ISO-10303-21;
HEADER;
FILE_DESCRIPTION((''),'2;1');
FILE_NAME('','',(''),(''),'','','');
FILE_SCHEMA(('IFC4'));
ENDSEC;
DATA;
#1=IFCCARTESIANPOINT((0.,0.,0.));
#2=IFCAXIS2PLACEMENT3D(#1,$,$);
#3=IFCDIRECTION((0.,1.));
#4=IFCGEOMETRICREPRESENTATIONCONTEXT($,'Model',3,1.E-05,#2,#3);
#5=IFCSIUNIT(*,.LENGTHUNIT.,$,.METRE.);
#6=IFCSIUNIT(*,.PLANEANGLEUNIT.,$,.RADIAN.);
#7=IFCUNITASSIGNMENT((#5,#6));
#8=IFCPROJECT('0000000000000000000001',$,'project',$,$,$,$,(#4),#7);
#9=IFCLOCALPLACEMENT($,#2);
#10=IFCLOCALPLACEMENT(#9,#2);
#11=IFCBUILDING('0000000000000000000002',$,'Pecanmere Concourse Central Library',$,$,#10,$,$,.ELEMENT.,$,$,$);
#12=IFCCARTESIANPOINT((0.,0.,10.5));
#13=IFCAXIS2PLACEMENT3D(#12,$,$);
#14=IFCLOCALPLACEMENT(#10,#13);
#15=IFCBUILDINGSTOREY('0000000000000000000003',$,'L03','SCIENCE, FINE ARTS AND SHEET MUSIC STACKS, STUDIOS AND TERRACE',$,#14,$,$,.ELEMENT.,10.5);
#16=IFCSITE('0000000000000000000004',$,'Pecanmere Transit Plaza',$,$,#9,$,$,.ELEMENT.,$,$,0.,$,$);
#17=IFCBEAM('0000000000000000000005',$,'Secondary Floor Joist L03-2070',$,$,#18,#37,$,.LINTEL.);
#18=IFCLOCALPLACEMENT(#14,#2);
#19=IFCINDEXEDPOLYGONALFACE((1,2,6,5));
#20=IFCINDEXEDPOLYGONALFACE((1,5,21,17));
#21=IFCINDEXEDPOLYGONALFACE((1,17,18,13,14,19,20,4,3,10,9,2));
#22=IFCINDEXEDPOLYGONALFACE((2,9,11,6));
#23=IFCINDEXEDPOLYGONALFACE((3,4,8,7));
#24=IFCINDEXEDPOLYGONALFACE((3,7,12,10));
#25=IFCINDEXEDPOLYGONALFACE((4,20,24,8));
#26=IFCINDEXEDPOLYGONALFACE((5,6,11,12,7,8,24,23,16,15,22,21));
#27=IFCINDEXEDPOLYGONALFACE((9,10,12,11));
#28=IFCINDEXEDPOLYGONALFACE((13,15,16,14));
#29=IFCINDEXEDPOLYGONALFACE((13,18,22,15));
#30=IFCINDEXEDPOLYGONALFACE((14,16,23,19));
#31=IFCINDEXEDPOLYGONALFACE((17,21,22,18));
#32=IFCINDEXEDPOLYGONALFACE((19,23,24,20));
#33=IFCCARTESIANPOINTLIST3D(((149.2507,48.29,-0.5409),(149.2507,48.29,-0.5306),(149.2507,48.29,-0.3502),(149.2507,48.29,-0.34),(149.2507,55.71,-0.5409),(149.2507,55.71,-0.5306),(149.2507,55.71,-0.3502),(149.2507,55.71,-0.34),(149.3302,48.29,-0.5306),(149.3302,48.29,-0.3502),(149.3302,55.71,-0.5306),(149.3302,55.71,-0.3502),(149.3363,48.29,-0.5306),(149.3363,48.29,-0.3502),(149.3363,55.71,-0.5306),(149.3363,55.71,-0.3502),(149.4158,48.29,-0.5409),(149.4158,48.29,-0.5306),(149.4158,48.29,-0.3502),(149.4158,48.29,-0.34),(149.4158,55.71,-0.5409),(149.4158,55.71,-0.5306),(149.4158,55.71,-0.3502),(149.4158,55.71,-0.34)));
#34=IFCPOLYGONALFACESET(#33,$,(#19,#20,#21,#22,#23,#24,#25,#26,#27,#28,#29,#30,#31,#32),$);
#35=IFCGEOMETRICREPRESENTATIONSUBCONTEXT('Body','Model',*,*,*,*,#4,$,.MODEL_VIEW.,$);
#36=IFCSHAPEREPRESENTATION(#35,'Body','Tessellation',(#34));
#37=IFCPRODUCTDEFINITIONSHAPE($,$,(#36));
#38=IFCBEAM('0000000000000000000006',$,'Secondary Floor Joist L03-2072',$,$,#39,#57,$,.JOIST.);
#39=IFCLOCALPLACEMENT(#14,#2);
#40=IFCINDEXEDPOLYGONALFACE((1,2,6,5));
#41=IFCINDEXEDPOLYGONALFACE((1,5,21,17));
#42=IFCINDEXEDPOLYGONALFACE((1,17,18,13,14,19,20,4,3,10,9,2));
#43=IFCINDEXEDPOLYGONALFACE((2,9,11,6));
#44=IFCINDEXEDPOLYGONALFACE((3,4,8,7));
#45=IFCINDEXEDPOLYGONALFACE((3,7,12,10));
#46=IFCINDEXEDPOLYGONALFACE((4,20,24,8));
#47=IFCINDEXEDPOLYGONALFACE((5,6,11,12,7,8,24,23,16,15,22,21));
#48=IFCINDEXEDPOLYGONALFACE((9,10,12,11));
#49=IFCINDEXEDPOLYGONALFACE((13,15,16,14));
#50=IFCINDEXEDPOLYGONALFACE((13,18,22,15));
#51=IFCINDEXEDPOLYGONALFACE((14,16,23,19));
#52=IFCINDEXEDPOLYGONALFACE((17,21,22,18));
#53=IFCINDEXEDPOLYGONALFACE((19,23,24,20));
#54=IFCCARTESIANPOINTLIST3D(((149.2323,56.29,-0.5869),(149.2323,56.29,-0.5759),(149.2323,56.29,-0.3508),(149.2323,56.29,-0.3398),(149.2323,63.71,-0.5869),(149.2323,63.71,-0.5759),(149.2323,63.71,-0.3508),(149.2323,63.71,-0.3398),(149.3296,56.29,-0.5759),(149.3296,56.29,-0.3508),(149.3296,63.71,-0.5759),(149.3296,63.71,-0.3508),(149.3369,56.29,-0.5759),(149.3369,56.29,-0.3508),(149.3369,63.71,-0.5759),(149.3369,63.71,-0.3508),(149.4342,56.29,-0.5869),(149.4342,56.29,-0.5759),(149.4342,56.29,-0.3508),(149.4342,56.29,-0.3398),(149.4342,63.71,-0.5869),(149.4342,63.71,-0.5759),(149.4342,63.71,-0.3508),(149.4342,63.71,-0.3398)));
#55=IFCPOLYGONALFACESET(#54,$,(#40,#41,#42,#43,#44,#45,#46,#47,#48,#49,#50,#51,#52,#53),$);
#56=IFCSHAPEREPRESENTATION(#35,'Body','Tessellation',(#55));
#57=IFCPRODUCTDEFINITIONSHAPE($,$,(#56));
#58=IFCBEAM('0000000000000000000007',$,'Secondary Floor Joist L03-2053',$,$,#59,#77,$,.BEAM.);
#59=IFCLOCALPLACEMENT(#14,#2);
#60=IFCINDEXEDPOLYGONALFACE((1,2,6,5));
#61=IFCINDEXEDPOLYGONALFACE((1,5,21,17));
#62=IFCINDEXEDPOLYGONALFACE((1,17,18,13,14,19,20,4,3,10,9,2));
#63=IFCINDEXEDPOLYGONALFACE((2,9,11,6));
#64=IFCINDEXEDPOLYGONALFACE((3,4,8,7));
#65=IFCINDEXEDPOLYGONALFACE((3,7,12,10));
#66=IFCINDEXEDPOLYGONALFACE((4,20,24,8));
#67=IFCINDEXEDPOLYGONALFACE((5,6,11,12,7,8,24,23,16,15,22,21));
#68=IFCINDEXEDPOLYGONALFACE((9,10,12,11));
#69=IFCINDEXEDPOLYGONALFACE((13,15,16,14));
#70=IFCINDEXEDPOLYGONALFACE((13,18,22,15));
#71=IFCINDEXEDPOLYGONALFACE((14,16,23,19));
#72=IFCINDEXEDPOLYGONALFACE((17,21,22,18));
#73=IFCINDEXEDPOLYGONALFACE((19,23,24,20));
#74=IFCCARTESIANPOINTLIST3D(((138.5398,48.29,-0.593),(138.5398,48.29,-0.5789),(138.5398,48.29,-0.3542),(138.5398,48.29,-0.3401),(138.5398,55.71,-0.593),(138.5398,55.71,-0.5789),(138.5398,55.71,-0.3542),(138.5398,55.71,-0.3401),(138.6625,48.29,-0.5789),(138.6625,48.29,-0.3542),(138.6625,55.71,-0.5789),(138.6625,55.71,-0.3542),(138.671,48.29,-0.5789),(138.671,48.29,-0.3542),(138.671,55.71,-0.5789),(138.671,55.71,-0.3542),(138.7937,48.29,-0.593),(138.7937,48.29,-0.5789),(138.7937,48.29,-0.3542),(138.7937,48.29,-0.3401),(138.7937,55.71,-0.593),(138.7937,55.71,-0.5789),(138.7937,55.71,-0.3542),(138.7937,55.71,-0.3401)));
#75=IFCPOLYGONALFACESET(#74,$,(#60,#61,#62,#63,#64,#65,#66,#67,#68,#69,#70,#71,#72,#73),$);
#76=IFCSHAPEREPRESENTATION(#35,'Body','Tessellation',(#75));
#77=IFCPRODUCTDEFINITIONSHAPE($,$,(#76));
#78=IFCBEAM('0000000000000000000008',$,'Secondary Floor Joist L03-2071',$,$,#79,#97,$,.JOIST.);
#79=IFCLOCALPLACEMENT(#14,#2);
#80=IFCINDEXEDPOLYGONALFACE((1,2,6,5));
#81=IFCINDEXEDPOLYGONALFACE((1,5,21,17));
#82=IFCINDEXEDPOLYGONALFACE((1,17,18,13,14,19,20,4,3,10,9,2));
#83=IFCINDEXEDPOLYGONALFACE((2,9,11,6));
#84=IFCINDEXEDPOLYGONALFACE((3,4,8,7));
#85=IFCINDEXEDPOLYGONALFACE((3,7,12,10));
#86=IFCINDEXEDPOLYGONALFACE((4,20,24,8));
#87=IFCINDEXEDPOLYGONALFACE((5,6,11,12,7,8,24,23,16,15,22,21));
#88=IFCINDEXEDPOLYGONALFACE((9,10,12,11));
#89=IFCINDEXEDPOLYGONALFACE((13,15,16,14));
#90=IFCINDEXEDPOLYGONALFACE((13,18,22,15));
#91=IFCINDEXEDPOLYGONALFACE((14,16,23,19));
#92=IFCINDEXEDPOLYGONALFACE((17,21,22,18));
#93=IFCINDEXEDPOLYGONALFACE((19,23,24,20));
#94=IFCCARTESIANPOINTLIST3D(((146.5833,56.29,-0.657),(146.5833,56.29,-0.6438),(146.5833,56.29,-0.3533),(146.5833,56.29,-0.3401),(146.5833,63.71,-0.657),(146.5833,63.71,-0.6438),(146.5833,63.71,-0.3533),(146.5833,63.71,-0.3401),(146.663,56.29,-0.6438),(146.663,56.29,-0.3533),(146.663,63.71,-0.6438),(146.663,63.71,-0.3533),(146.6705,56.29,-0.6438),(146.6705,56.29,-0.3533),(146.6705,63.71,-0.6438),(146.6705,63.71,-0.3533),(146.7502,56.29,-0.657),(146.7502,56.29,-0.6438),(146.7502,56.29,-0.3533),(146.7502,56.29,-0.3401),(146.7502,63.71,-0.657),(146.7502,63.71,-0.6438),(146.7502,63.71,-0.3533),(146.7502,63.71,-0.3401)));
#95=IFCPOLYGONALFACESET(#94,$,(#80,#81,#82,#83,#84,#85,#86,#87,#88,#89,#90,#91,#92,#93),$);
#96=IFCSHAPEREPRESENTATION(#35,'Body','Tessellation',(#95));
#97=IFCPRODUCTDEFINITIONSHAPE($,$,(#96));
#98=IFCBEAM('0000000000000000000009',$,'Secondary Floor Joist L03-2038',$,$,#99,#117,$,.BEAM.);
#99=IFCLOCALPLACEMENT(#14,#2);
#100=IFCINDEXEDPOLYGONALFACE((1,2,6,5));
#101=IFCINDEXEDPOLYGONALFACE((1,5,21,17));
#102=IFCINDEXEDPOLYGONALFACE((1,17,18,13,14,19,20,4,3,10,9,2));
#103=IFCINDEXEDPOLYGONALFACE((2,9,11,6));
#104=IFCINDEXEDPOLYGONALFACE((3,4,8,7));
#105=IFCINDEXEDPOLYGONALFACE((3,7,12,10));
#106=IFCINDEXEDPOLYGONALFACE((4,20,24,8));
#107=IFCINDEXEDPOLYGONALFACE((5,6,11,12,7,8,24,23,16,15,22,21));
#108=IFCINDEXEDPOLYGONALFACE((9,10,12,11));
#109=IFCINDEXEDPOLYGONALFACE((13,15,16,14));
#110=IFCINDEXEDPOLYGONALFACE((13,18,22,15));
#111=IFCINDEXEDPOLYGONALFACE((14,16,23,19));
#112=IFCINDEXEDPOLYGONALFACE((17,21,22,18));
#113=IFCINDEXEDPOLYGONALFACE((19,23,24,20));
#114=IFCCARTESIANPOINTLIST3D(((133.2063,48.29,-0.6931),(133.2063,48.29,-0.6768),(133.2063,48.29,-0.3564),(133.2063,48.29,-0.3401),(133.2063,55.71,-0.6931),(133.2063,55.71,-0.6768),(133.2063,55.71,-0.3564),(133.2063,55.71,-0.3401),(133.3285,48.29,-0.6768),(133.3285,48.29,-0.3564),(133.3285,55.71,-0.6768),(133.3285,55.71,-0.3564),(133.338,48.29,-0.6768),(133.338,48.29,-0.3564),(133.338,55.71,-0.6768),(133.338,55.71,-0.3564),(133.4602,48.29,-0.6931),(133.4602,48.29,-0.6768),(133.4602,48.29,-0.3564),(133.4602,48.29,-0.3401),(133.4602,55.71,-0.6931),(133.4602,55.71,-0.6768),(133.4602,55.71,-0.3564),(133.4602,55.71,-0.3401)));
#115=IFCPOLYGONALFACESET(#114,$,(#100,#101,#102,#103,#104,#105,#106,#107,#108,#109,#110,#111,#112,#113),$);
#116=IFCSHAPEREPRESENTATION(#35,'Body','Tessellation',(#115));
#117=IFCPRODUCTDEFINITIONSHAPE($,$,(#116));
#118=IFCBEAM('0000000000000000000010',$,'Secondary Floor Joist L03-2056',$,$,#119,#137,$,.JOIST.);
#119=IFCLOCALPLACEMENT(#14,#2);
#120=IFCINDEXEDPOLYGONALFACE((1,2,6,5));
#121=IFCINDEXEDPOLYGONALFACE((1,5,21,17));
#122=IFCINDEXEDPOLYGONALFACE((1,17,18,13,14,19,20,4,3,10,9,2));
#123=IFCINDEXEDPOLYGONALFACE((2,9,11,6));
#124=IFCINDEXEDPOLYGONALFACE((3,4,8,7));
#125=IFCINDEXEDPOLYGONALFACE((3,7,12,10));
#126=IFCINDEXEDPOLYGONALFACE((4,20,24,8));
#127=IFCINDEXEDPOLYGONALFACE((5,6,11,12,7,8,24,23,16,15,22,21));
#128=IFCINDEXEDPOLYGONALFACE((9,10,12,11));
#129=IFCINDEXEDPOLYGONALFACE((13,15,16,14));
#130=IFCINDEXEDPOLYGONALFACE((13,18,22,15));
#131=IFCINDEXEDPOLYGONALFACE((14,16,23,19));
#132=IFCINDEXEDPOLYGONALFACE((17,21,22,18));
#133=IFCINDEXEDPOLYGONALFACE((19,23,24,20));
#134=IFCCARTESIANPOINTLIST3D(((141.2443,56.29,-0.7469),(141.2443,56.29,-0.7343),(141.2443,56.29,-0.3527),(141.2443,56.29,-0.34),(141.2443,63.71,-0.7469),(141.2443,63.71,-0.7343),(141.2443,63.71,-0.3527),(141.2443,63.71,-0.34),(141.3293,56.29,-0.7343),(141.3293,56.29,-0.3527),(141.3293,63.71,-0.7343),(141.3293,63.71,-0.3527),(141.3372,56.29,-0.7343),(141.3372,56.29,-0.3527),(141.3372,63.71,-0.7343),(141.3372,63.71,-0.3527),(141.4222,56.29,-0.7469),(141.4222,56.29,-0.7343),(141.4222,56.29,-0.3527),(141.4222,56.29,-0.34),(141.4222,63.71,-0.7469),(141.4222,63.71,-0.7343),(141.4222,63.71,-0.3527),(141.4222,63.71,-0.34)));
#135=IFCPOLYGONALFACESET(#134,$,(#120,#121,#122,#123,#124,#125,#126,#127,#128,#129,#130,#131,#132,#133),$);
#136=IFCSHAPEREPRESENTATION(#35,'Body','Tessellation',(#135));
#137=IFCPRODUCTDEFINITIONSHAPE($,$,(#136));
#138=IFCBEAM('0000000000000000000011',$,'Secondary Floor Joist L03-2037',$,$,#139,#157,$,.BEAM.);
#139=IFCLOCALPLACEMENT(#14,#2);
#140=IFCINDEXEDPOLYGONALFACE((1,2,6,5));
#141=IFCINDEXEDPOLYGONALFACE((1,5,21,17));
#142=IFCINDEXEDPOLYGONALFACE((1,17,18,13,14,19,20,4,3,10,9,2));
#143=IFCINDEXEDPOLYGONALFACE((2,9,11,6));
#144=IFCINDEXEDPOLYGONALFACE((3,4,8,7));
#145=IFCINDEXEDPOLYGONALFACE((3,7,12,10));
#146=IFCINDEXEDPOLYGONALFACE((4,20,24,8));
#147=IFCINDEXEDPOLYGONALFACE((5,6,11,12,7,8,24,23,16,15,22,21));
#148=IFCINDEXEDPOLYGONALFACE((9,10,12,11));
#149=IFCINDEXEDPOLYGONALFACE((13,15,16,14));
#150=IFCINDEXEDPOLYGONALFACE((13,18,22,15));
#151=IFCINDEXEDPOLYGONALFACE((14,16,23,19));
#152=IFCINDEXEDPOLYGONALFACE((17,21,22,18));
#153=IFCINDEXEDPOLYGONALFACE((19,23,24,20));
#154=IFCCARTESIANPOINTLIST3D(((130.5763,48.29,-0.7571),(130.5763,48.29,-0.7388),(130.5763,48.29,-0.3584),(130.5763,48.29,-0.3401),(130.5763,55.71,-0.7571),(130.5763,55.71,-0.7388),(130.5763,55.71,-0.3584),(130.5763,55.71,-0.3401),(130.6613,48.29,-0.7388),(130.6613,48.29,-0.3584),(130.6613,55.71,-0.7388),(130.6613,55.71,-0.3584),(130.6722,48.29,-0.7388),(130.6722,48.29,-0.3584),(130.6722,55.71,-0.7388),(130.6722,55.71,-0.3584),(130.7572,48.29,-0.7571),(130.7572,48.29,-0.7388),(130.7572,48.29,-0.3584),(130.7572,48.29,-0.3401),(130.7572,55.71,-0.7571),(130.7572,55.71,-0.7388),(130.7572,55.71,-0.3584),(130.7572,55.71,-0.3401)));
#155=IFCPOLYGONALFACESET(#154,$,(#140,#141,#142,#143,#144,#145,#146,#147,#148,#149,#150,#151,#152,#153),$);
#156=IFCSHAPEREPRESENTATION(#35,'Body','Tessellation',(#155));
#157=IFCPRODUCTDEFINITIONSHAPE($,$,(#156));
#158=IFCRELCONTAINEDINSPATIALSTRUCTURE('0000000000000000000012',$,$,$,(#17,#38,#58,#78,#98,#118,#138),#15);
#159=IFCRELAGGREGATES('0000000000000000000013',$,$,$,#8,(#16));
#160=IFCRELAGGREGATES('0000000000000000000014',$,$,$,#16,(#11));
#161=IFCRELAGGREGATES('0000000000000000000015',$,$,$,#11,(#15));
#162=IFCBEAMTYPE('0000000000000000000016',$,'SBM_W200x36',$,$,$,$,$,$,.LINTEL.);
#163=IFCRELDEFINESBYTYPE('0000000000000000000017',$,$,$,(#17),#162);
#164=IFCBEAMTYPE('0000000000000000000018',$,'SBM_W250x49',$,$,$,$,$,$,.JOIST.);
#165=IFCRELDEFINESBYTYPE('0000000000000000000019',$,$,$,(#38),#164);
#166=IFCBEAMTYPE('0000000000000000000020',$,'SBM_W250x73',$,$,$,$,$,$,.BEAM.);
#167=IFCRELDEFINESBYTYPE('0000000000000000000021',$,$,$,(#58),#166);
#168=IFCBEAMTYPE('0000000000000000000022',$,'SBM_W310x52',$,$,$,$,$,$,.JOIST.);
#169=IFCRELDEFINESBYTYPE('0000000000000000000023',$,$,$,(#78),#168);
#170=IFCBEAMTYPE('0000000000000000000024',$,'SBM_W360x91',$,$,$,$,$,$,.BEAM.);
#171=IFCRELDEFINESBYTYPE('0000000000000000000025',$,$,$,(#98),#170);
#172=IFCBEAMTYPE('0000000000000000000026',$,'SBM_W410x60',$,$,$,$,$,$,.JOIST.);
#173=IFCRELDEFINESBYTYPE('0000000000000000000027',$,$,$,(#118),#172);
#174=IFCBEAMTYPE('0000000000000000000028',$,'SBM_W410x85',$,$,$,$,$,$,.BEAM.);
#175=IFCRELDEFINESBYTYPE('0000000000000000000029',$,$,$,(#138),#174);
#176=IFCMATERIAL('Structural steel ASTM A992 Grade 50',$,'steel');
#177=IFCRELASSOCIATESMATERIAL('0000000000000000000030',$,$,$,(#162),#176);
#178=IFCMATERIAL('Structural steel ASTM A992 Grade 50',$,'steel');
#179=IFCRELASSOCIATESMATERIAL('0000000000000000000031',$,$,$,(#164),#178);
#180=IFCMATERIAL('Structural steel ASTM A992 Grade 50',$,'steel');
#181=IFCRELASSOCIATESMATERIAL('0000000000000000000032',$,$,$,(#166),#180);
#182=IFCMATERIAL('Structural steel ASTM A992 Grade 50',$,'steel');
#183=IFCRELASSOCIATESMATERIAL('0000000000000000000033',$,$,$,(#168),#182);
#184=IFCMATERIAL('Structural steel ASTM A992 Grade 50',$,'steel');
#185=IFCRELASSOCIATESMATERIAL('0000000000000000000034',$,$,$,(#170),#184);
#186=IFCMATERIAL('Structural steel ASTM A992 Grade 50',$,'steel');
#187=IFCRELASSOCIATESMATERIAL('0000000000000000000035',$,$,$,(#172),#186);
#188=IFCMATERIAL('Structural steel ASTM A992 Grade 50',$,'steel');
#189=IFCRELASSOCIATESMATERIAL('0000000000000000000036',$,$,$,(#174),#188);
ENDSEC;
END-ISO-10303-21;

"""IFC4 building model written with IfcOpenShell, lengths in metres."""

from ifc_helpers import new_model, si_unit, direction, frame, origin, origin_2d, place, context, subcontext, project, spatial, i_section, extrude, material, material_profile, profile_set, type_object, element, save


model = new_model("IFC4")

# Units and contexts
model_context = context("Model", 3, precision=1e-05, world=origin(), true_north=direction((0.0, 1.0)))
body_context = subcontext(model_context, "Body", "Model", "MODEL_VIEW")
ifc_project = project(units=[si_unit("LENGTHUNIT", "METRE"), si_unit("PLANEANGLEUNIT", "RADIAN")], contexts=[model_context])

# Site, building, storey
site_placement = place(None, origin())
site = spatial("IfcSite", under=ifc_project, at=site_placement, Name="Pecanmere Transit Plaza", CompositionType="ELEMENT", RefElevation=0.0)
building_placement = place(site_placement, origin())
building = spatial("IfcBuilding", under=site, at=building_placement, Name="Pecanmere Concourse Central Library", CompositionType="ELEMENT")
storey_placement = place(building_placement, frame((0.0, 0.0, 10.5)))
storey = spatial("IfcBuildingStorey", under=building, at=storey_placement, Name="L03", Description="SCIENCE, FINE ARTS AND SHEET MUSIC STACKS, STUDIOS AND TERRACE", CompositionType="ELEMENT", Elevation=10.5)

# Beams
ifc_material_1 = material(Name="Structural steel ASTM A992 Grade 50", Category="steel")
ifc_material_profile_1 = material_profile(ifc_material_1, i_section(OverallWidth=0.165, OverallDepth=0.2009, WebThickness=0.0061, FlangeThickness=0.0103, at=origin_2d()), Name="W200x35.9")
ifc_profile_set_1 = profile_set([ifc_material_profile_1], Name="Structural steel ASTM A992 Grade 50")
beam_type_1 = type_object("IfcBeamType", Name="SBM_W200x36", PredefinedType="LINTEL", material=ifc_profile_set_1)
beam_1_placement = place(storey_placement, frame((149.3333, 48.29, -0.4404), z_axis=(0.0, 1.0, 0.0), x_axis=(-1.0, 0.0, 0.0)))
element("IfcBeam", 1, at=beam_1_placement, inside=storey, type_object=beam_type_1, Name="Secondary Floor Joist L03-2070", PredefinedType="LINTEL", context=body_context, shape_type="SweptSolid", body=[
    extrude(i_section(OverallWidth=0.165, OverallDepth=0.2009, WebThickness=0.0061, FlangeThickness=0.0103, at=origin_2d()), origin(), (0.0, 0.0, 1.0), 7.4199),
])
ifc_material_2 = material(Name="Structural steel ASTM A992 Grade 50", Category="steel")
ifc_material_profile_2 = material_profile(ifc_material_2, i_section(OverallWidth=0.2019, OverallDepth=0.2471, WebThickness=0.0073, FlangeThickness=0.011, at=origin_2d()), Name="W250x49.1")
ifc_profile_set_2 = profile_set([ifc_material_profile_2], Name="Structural steel ASTM A992 Grade 50")
beam_type_2 = type_object("IfcBeamType", Name="SBM_W250x49", PredefinedType="JOIST", material=ifc_profile_set_2)
beam_2_placement = place(storey_placement, frame((149.3333, 56.29, -0.4634), z_axis=(0.0, 1.0, 0.0), x_axis=(-1.0, 0.0, 0.0)))
element("IfcBeam", 2, at=beam_2_placement, inside=storey, type_object=beam_type_2, Name="Secondary Floor Joist L03-2072", PredefinedType="JOIST", context=body_context, shape_type="SweptSolid", body=[
    extrude(i_section(OverallWidth=0.2019, OverallDepth=0.2471, WebThickness=0.0073, FlangeThickness=0.011, at=origin_2d()), origin(), (0.0, 0.0, 1.0), 7.4199),
])
ifc_material_3 = material(Name="Structural steel ASTM A992 Grade 50", Category="steel")
ifc_material_profile_3 = material_profile(ifc_material_3, i_section(OverallWidth=0.2539, OverallDepth=0.2529, WebThickness=0.0085, FlangeThickness=0.0142, at=origin_2d()), Name="W250x73")
ifc_profile_set_3 = profile_set([ifc_material_profile_3], Name="Structural steel ASTM A992 Grade 50")
beam_type_3 = type_object("IfcBeamType", Name="SBM_W250x73", PredefinedType="BEAM", material=ifc_profile_set_3)
beam_3_placement = place(storey_placement, frame((138.6667, 48.29, -0.4666), z_axis=(0.0, 1.0, 0.0), x_axis=(-1.0, 0.0, 0.0)))
element("IfcBeam", 3, at=beam_3_placement, inside=storey, type_object=beam_type_3, Name="Secondary Floor Joist L03-2053", PredefinedType="BEAM", context=body_context, shape_type="SweptSolid", body=[
    extrude(i_section(OverallWidth=0.2539, OverallDepth=0.2529, WebThickness=0.0085, FlangeThickness=0.0142, at=origin_2d()), origin(), (0.0, 0.0, 1.0), 7.4199),
])
ifc_material_4 = material(Name="Structural steel ASTM A992 Grade 50", Category="steel")
ifc_material_profile_4 = material_profile(ifc_material_4, i_section(OverallWidth=0.167, OverallDepth=0.3169, WebThickness=0.0076, FlangeThickness=0.0132, at=origin_2d()), Name="W310x52")
ifc_profile_set_4 = profile_set([ifc_material_profile_4], Name="Structural steel ASTM A992 Grade 50")
beam_type_4 = type_object("IfcBeamType", Name="SBM_W310x52", PredefinedType="JOIST", material=ifc_profile_set_4)
beam_4_placement = place(storey_placement, frame((146.6667, 56.29, -0.4985), z_axis=(0.0, 1.0, 0.0), x_axis=(-1.0, 0.0, 0.0)))
element("IfcBeam", 4, at=beam_4_placement, inside=storey, type_object=beam_type_4, Name="Secondary Floor Joist L03-2071", PredefinedType="JOIST", context=body_context, shape_type="SweptSolid", body=[
    extrude(i_section(OverallWidth=0.167, OverallDepth=0.3169, WebThickness=0.0076, FlangeThickness=0.0132, at=origin_2d()), origin(), (0.0, 0.0, 1.0), 7.4199),
])
ifc_material_5 = material(Name="Structural steel ASTM A992 Grade 50", Category="steel")
ifc_material_profile_5 = material_profile(ifc_material_5, i_section(OverallWidth=0.2539, OverallDepth=0.353, WebThickness=0.0095, FlangeThickness=0.0164, at=origin_2d()), Name="W360x91")
ifc_profile_set_5 = profile_set([ifc_material_profile_5], Name="Structural steel ASTM A992 Grade 50")
beam_type_5 = type_object("IfcBeamType", Name="SBM_W360x91", PredefinedType="BEAM", material=ifc_profile_set_5)
beam_5_placement = place(storey_placement, frame((133.3333, 48.29, -0.5166), z_axis=(0.0, 1.0, 0.0), x_axis=(-1.0, 0.0, 0.0)))
element("IfcBeam", 5, at=beam_5_placement, inside=storey, type_object=beam_type_5, Name="Secondary Floor Joist L03-2038", PredefinedType="BEAM", context=body_context, shape_type="SweptSolid", body=[
    extrude(i_section(OverallWidth=0.2539, OverallDepth=0.353, WebThickness=0.0095, FlangeThickness=0.0164, at=origin_2d()), origin(), (0.0, 0.0, 1.0), 7.4199),
])
ifc_material_6 = material(Name="Structural steel ASTM A992 Grade 50", Category="steel")
ifc_material_profile_6 = material_profile(ifc_material_6, i_section(OverallWidth=0.178, OverallDepth=0.407, WebThickness=0.0078, FlangeThickness=0.0127, at=origin_2d()), Name="W410x60")
ifc_profile_set_6 = profile_set([ifc_material_profile_6], Name="Structural steel ASTM A992 Grade 50")
beam_type_6 = type_object("IfcBeamType", Name="SBM_W410x60", PredefinedType="JOIST", material=ifc_profile_set_6)
beam_6_placement = place(storey_placement, frame((141.3333, 56.29, -0.5435), z_axis=(0.0, 1.0, 0.0), x_axis=(-1.0, 0.0, 0.0)))
element("IfcBeam", 6, at=beam_6_placement, inside=storey, type_object=beam_type_6, Name="Secondary Floor Joist L03-2056", PredefinedType="JOIST", context=body_context, shape_type="SweptSolid", body=[
    extrude(i_section(OverallWidth=0.178, OverallDepth=0.407, WebThickness=0.0078, FlangeThickness=0.0127, at=origin_2d()), origin(), (0.0, 0.0, 1.0), 7.4199),
])
ifc_material_7 = material(Name="Structural steel ASTM A992 Grade 50", Category="steel")
ifc_material_profile_7 = material_profile(ifc_material_7, i_section(OverallWidth=0.1809, OverallDepth=0.417, WebThickness=0.011, FlangeThickness=0.0183, at=origin_2d()), Name="W410x85")
ifc_profile_set_7 = profile_set([ifc_material_profile_7], Name="Structural steel ASTM A992 Grade 50")
beam_type_7 = type_object("IfcBeamType", Name="SBM_W410x85", PredefinedType="BEAM", material=ifc_profile_set_7)
beam_7_placement = place(storey_placement, frame((130.6667, 48.29, -0.5486), z_axis=(0.0, 1.0, 0.0), x_axis=(-1.0, 0.0, 0.0)))
element("IfcBeam", 7, at=beam_7_placement, inside=storey, type_object=beam_type_7, Name="Secondary Floor Joist L03-2037", PredefinedType="BEAM", context=body_context, shape_type="SweptSolid", body=[
    extrude(i_section(OverallWidth=0.1809, OverallDepth=0.417, WebThickness=0.011, FlangeThickness=0.0183, at=origin_2d()), origin(), (0.0, 0.0, 1.0), 7.4199),
])

save(model, "model.ifc")
